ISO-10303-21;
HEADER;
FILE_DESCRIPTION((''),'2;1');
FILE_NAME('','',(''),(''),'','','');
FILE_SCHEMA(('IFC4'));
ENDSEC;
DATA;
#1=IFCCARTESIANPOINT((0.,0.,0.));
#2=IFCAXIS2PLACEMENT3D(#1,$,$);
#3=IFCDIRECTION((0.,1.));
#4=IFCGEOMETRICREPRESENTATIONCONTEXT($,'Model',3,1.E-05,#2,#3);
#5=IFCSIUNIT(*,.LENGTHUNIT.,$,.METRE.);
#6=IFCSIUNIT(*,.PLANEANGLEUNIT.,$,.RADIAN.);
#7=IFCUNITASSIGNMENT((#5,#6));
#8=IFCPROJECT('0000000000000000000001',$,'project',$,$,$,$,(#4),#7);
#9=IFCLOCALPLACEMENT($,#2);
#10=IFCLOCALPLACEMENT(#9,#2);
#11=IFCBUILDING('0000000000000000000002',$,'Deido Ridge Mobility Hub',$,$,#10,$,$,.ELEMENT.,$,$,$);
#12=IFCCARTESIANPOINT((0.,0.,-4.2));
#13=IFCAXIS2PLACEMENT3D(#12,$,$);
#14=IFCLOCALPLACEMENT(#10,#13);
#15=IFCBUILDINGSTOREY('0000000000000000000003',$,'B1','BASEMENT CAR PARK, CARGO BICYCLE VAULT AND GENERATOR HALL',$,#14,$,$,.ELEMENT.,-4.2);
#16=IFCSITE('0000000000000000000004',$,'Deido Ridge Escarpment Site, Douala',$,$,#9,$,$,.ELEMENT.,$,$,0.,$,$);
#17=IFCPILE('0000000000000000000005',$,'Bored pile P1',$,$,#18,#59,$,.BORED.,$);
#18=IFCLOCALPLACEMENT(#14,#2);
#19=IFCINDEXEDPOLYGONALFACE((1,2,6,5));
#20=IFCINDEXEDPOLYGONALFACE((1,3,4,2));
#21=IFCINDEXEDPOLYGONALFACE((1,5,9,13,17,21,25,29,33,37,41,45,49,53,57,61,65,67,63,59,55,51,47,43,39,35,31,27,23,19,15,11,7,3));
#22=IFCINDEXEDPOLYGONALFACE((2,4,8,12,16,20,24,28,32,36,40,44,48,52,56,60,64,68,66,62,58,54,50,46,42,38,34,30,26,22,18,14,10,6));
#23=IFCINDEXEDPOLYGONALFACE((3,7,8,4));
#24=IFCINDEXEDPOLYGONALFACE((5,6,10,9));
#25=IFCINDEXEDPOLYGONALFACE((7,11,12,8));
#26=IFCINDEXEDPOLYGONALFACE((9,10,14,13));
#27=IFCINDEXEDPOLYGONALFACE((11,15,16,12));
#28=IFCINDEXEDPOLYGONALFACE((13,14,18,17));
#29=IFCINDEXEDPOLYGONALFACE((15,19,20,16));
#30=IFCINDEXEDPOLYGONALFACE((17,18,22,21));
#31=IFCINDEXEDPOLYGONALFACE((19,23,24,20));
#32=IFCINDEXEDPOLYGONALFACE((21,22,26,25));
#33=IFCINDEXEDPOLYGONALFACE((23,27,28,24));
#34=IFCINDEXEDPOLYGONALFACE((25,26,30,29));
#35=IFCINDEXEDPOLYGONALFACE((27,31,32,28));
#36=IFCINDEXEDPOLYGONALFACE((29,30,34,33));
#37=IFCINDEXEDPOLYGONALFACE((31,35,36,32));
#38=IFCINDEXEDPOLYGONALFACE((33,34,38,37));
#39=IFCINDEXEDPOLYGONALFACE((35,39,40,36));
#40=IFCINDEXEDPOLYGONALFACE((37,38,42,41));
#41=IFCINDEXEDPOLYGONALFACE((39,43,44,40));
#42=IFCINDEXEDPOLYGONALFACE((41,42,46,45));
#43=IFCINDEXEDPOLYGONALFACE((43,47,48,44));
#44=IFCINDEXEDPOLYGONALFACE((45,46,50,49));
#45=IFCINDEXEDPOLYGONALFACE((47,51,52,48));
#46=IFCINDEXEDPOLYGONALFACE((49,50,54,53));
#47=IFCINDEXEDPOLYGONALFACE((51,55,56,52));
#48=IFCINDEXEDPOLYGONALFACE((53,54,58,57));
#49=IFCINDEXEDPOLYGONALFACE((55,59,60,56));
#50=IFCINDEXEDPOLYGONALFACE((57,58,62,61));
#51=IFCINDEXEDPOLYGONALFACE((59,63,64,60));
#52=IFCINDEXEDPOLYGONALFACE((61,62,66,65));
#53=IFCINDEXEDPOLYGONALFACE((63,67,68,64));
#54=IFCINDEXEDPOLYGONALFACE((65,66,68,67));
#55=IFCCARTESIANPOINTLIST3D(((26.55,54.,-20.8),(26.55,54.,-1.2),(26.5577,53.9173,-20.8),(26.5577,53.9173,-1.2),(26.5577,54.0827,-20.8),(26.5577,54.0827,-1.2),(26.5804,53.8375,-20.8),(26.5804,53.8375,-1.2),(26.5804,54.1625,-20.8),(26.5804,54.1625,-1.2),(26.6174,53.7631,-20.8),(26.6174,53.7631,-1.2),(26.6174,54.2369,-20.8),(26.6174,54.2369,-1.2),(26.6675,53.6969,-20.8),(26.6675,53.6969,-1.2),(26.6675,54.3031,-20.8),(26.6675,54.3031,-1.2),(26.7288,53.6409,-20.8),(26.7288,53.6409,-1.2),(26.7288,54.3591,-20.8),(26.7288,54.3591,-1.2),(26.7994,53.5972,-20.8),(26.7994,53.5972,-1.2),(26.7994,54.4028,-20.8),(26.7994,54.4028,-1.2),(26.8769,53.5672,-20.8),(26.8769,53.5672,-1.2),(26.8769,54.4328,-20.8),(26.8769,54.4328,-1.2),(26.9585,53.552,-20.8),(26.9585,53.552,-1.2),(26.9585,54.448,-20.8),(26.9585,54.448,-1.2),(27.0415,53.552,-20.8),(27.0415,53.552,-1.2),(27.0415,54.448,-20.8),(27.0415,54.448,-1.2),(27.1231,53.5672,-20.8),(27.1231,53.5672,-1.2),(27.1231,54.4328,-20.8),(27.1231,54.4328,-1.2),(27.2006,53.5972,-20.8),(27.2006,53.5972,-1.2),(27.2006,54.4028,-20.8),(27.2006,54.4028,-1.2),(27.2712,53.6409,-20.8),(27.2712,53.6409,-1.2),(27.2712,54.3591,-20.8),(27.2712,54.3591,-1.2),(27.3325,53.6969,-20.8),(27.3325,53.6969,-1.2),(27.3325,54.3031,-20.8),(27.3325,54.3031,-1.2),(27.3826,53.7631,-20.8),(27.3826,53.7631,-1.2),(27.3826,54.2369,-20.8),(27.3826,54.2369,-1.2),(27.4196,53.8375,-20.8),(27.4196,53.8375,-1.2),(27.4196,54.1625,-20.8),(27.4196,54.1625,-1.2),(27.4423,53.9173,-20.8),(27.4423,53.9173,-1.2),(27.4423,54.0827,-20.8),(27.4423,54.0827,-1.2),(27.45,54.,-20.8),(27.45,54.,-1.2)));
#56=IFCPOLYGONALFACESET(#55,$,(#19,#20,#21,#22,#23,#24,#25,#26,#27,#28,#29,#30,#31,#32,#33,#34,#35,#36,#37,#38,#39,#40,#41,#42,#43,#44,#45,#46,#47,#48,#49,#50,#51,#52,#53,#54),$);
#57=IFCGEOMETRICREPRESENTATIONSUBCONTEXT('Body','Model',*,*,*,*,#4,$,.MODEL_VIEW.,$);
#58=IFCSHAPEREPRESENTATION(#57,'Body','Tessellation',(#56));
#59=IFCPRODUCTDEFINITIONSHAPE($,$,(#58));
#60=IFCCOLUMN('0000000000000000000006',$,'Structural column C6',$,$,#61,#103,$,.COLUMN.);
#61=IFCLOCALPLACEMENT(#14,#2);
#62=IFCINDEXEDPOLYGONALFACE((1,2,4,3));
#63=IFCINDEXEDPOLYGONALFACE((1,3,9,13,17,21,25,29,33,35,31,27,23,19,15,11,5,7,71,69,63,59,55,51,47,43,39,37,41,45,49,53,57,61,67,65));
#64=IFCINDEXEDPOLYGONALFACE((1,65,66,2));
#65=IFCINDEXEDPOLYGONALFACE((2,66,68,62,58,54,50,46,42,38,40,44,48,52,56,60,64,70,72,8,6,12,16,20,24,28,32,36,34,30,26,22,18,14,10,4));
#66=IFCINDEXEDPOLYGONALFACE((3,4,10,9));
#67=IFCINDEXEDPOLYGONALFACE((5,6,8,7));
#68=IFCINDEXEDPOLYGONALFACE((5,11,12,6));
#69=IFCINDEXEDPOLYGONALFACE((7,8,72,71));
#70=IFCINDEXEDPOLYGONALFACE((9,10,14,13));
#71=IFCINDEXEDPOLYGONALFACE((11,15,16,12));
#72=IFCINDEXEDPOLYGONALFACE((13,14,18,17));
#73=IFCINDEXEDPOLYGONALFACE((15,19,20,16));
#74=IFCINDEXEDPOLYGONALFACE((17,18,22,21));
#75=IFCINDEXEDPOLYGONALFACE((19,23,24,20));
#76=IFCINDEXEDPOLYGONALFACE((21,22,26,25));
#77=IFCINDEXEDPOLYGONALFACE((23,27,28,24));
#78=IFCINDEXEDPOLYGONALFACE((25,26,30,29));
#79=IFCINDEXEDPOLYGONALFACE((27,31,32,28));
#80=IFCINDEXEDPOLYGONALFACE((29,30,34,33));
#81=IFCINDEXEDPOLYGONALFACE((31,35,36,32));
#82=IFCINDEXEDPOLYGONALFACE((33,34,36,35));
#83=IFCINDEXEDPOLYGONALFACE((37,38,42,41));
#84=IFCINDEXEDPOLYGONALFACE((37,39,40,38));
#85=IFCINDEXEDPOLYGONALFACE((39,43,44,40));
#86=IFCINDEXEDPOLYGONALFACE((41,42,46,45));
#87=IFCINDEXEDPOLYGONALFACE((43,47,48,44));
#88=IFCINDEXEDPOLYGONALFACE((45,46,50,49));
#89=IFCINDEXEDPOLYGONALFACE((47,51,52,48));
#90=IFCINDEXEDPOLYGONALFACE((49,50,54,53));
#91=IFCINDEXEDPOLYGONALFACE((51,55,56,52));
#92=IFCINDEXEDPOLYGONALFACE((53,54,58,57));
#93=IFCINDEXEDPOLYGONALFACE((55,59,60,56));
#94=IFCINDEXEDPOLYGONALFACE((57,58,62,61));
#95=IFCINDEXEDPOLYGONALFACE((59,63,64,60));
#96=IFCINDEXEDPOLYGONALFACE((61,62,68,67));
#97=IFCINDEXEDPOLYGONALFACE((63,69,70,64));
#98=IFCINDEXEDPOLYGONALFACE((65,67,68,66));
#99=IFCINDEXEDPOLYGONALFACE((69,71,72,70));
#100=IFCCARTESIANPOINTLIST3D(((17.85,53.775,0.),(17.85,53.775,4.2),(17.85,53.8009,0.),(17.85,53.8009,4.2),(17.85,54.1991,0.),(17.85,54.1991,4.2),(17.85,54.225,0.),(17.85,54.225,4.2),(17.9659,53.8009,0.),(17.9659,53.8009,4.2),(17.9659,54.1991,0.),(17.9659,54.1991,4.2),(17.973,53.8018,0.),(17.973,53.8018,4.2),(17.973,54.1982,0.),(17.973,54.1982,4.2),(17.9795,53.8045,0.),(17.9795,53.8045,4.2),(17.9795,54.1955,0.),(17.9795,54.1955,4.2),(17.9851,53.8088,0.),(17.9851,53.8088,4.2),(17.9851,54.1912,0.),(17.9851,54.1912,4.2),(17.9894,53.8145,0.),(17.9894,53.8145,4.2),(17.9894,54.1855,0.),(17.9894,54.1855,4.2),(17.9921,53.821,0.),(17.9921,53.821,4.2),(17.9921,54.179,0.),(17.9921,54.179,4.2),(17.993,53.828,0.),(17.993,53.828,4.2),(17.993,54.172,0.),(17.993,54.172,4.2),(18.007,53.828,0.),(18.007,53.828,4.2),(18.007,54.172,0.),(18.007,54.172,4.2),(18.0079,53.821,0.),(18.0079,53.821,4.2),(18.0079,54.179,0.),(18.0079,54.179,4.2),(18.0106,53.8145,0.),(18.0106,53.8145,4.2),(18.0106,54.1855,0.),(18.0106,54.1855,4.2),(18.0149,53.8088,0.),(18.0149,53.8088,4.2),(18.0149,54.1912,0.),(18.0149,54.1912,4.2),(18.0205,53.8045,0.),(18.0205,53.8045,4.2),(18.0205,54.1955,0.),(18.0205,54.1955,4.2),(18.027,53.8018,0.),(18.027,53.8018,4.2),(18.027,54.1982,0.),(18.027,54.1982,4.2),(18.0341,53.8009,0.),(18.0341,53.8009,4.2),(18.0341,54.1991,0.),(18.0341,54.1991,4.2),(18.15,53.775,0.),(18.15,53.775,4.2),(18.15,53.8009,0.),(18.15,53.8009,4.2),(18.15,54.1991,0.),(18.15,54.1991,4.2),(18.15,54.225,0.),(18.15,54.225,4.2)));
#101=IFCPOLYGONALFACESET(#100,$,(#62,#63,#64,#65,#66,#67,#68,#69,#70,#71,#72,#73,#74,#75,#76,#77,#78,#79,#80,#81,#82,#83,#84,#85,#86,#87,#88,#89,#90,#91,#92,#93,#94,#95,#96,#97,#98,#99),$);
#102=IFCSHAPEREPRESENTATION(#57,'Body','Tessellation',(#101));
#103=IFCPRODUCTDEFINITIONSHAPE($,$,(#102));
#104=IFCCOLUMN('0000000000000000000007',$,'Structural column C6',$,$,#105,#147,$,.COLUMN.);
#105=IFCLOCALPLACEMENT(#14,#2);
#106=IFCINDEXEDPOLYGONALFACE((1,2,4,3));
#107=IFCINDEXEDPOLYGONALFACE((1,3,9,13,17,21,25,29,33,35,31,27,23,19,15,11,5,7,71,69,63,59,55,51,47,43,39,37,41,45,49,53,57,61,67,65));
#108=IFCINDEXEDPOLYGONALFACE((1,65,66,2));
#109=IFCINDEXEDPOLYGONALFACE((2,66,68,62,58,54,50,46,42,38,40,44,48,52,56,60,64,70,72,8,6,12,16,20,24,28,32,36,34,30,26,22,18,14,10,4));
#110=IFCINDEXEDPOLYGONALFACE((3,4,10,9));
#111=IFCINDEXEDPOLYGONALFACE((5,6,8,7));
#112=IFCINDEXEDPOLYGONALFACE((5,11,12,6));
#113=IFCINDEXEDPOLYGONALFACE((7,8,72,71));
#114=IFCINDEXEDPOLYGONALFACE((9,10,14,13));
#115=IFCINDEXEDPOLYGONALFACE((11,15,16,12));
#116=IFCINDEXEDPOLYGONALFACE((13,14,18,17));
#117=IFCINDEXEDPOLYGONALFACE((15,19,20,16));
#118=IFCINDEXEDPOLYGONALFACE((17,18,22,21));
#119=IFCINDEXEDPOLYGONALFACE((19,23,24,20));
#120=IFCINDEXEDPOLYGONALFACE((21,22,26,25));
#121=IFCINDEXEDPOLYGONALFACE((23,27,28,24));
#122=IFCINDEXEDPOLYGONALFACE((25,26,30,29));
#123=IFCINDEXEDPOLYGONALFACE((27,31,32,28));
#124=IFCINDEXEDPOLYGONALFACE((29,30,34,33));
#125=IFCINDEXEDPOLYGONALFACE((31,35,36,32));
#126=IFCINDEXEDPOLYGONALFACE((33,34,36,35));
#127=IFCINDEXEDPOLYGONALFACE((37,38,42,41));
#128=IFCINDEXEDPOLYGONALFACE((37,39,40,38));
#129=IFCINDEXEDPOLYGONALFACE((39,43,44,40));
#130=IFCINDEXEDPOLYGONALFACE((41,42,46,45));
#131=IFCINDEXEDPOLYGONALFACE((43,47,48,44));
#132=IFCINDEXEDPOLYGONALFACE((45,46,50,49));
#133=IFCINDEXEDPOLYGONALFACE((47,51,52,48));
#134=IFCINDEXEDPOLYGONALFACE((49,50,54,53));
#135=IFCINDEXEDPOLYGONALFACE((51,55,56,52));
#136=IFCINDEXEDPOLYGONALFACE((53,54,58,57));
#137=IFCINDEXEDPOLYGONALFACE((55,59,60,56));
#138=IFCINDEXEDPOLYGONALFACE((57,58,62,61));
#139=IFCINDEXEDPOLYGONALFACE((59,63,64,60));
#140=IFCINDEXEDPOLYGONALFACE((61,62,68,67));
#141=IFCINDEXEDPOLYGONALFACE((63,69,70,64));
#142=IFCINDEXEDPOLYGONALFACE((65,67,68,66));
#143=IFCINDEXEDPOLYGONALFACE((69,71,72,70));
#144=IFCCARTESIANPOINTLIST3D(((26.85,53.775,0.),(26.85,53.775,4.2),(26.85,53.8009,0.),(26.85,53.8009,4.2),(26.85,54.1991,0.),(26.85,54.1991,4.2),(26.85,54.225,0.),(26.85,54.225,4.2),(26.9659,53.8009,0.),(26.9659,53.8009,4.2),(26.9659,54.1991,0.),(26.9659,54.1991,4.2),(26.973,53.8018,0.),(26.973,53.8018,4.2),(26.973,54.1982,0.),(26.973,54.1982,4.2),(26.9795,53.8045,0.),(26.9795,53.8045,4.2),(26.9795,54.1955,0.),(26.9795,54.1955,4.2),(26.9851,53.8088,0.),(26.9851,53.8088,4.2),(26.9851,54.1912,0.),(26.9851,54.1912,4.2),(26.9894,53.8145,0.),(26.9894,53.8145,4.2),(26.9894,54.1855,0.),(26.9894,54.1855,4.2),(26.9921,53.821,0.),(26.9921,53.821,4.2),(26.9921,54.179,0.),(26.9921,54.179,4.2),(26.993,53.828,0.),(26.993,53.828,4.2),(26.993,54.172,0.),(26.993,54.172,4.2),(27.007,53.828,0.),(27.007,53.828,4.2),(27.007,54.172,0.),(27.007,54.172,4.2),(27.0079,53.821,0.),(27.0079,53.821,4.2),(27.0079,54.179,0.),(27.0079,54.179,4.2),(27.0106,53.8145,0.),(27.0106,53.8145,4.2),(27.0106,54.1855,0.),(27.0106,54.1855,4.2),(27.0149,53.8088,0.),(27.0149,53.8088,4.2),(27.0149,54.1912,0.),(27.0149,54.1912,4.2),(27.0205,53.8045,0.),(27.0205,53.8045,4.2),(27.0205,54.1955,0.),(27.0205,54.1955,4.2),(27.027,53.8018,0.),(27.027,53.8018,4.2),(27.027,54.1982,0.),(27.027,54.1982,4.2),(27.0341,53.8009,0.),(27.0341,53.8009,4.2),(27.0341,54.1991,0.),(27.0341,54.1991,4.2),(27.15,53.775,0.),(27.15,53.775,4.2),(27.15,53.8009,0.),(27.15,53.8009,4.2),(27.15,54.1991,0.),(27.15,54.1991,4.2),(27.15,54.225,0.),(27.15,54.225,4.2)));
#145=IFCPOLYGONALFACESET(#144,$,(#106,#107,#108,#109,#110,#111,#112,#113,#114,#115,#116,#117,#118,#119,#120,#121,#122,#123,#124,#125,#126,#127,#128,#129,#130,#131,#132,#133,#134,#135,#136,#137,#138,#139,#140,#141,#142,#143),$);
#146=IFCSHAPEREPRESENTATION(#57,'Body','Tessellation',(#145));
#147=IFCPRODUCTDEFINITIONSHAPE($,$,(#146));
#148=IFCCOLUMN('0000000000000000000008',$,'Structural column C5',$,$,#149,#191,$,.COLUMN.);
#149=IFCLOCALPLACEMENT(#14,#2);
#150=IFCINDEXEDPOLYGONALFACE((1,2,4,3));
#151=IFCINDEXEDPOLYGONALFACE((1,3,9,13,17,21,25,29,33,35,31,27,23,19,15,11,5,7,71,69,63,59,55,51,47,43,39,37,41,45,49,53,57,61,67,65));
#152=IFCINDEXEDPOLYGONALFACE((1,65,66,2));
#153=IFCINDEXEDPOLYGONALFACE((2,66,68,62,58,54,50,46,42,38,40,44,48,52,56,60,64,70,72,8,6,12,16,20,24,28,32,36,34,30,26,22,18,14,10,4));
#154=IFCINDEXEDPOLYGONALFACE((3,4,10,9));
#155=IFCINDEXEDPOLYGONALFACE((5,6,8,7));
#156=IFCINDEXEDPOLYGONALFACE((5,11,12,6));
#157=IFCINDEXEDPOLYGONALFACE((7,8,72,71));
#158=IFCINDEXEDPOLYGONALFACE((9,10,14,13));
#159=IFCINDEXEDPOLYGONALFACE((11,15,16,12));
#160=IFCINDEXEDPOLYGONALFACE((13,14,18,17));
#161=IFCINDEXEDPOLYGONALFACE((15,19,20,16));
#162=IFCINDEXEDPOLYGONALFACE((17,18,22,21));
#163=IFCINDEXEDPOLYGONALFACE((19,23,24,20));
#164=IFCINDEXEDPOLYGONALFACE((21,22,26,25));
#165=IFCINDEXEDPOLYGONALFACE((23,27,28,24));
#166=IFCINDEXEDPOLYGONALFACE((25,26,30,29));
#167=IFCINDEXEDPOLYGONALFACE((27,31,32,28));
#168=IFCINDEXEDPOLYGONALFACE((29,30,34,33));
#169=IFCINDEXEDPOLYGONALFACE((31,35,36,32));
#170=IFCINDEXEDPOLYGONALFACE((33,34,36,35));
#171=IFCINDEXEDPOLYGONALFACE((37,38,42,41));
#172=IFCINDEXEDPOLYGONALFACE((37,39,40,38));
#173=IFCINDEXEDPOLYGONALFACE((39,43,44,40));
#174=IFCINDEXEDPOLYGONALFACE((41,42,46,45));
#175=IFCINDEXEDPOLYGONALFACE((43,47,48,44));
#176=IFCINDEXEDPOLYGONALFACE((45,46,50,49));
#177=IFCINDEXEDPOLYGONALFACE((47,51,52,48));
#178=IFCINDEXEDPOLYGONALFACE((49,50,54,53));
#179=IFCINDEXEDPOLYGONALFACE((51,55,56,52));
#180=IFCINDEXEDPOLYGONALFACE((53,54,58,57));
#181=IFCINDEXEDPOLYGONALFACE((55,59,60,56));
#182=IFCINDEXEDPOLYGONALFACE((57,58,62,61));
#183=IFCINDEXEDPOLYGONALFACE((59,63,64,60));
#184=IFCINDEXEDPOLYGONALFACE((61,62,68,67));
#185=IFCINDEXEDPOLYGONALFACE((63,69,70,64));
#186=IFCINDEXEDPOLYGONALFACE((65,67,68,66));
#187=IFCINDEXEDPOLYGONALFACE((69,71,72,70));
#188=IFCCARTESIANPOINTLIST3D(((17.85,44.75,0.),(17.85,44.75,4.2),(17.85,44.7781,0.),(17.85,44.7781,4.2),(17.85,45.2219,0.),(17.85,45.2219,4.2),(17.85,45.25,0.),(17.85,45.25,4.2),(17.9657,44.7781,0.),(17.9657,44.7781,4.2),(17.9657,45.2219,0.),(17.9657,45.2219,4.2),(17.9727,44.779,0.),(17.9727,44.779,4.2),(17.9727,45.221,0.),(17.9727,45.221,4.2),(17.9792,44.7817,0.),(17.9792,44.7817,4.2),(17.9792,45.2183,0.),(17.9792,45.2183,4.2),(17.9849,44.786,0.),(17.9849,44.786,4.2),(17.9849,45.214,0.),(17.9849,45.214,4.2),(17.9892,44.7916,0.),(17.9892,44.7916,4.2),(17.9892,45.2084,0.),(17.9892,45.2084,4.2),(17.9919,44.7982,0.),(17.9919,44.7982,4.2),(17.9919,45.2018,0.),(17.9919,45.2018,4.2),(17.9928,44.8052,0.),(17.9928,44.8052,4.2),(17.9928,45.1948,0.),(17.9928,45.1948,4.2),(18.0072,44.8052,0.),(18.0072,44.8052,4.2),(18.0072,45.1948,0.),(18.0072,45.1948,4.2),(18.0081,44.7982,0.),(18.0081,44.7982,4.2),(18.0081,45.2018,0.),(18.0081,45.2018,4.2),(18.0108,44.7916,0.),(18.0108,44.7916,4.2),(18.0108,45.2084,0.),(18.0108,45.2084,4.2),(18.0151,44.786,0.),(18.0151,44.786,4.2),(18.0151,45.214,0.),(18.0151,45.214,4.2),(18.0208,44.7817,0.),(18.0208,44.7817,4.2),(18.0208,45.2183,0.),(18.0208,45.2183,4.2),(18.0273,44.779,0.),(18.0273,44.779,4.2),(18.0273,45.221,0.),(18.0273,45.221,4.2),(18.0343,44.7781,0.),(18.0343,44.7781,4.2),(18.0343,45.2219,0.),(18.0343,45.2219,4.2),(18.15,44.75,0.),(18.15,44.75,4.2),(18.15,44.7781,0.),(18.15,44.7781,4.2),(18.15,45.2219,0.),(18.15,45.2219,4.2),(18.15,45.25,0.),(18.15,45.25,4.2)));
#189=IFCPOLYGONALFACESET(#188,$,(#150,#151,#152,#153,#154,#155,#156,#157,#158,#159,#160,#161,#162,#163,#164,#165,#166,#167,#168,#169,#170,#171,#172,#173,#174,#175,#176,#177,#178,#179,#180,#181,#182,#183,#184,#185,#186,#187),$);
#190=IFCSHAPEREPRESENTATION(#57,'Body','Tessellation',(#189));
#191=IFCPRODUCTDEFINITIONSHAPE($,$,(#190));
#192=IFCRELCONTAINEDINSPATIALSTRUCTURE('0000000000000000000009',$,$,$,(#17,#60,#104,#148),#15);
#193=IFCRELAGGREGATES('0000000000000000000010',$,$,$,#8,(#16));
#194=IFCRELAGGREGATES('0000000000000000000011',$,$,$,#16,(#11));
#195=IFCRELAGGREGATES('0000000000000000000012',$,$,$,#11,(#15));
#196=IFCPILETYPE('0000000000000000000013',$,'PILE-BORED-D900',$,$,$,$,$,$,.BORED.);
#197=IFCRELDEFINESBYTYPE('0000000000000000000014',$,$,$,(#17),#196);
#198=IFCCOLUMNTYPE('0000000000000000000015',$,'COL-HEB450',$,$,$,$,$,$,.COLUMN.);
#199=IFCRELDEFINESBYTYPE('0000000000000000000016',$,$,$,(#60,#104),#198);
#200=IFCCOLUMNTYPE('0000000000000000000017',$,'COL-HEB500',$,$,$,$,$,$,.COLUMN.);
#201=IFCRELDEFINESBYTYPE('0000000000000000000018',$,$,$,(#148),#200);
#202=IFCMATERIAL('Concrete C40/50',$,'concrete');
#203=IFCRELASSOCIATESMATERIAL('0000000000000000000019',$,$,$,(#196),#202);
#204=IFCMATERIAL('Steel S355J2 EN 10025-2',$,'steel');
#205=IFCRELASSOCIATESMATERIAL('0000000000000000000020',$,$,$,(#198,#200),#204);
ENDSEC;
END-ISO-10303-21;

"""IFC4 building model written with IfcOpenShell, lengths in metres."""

from ifc_helpers import new_model, si_unit, direction, frame, origin, origin_2d, place, context, subcontext, project, spatial, circle, i_section, extrude, material, material_profile, profile_set, type_object, element, save


model = new_model("IFC4")

# Units and contexts
model_context = context("Model", 3, precision=1e-05, world=origin(), true_north=direction((0.0, 1.0)))
body_context = subcontext(model_context, "Body", "Model", "MODEL_VIEW")
ifc_project = project(units=[si_unit("LENGTHUNIT", "METRE"), si_unit("PLANEANGLEUNIT", "RADIAN")], contexts=[model_context])

# Site, building, storey
site_placement = place(None, origin())
site = spatial("IfcSite", under=ifc_project, at=site_placement, Name="Deido Ridge Escarpment Site, Douala", CompositionType="ELEMENT", RefElevation=0.0)
building_placement = place(site_placement, origin())
building = spatial("IfcBuilding", under=site, at=building_placement, Name="Deido Ridge Mobility Hub", CompositionType="ELEMENT")
storey_placement = place(building_placement, frame((0.0, 0.0, -4.2)))
storey = spatial("IfcBuildingStorey", under=building, at=storey_placement, Name="B1", Description="BASEMENT CAR PARK, CARGO BICYCLE VAULT AND GENERATOR HALL", CompositionType="ELEMENT", Elevation=-4.2)

# Shared definitions
ifc_material_1 = material(Name="Concrete C40/50", Category="concrete")

# Pile
ifc_material_profile_1 = material_profile(ifc_material_1, circle(Radius=0.45, at=origin_2d()), Name="BORED PILE D900")
ifc_profile_set_1 = profile_set([ifc_material_profile_1], Name="Concrete C40/50")
pile_type_1 = type_object("IfcPileType", Name="PILE-BORED-D900", PredefinedType="BORED", material=ifc_profile_set_1)
pile_1_placement = place(storey_placement, frame((27.0, 54.0, -1.2), z_axis=(0.0, 0.0, -1.0), x_axis=(1.0, 0.0, 0.0)))
element("IfcPile", 1, at=pile_1_placement, inside=storey, type_object=pile_type_1, Name="Bored pile P1", PredefinedType="BORED", context=body_context, shape_type="SweptSolid", body=[
    extrude(circle(Radius=0.45, at=origin_2d()), origin(), (0.0, 0.0, 1.0), 19.6001),
])

# Columns
ifc_material_2 = material(Name="Steel S355J2 EN 10025-2", Category="steel")
ifc_material_profile_2 = material_profile(ifc_material_2, i_section(OverallWidth=0.3, OverallDepth=0.45, WebThickness=0.0139, FlangeThickness=0.0259, FilletRadius=0.0271, at=origin_2d()), Name="HEB 450")
ifc_profile_set_2 = profile_set([ifc_material_profile_2], Name="Steel S355J2 EN 10025-2")
column_type_1 = type_object("IfcColumnType", Name="COL-HEB450", PredefinedType="COLUMN", material=ifc_profile_set_2)
for number, where, z_axis, x_axis, name in (
    (2, (18.0, 54.0, 0.0), (0.0, 0.0, 1.0), (1.0, 0.0, 0.0), "Structural column C6"),
    (3, (27.0, 54.0, 0.0), (0.0, 0.0, 1.0), (1.0, 0.0, 0.0), "Structural column C6"),
):
    element("IfcColumn", number, at=place(storey_placement, frame(where, z_axis=z_axis, x_axis=x_axis)), inside=storey, type_object=column_type_1, Name=name, PredefinedType="COLUMN", context=body_context, shape_type="SweptSolid", body=[
        extrude(i_section(OverallWidth=0.3, OverallDepth=0.45, WebThickness=0.0139, FlangeThickness=0.0259, FilletRadius=0.0271, at=origin_2d()), origin(), (0.0, 0.0, 1.0), 4.2),
    ])
ifc_material_profile_3 = material_profile(ifc_material_2, i_section(OverallWidth=0.3, OverallDepth=0.5, WebThickness=0.0144, FlangeThickness=0.0281, FilletRadius=0.0271, at=origin_2d()), Name="HEB 500")
ifc_profile_set_3 = profile_set([ifc_material_profile_3], Name="Steel S355J2 EN 10025-2")
column_type_2 = type_object("IfcColumnType", Name="COL-HEB500", PredefinedType="COLUMN", material=ifc_profile_set_3)
for number, where, z_axis, x_axis, name in (
    (4, (18.0, 45.0, 0.0), (0.0, 0.0, 1.0), (1.0, 0.0, 0.0), "Structural column C5"),
):
    element("IfcColumn", number, at=place(storey_placement, frame(where, z_axis=z_axis, x_axis=x_axis)), inside=storey, type_object=column_type_2, Name=name, PredefinedType="COLUMN", context=body_context, shape_type="SweptSolid", body=[
        extrude(i_section(OverallWidth=0.3, OverallDepth=0.5, WebThickness=0.0144, FlangeThickness=0.0281, FilletRadius=0.0271, at=origin_2d()), origin(), (0.0, 0.0, 1.0), 4.2),
    ])

save(model, "model.ifc")
